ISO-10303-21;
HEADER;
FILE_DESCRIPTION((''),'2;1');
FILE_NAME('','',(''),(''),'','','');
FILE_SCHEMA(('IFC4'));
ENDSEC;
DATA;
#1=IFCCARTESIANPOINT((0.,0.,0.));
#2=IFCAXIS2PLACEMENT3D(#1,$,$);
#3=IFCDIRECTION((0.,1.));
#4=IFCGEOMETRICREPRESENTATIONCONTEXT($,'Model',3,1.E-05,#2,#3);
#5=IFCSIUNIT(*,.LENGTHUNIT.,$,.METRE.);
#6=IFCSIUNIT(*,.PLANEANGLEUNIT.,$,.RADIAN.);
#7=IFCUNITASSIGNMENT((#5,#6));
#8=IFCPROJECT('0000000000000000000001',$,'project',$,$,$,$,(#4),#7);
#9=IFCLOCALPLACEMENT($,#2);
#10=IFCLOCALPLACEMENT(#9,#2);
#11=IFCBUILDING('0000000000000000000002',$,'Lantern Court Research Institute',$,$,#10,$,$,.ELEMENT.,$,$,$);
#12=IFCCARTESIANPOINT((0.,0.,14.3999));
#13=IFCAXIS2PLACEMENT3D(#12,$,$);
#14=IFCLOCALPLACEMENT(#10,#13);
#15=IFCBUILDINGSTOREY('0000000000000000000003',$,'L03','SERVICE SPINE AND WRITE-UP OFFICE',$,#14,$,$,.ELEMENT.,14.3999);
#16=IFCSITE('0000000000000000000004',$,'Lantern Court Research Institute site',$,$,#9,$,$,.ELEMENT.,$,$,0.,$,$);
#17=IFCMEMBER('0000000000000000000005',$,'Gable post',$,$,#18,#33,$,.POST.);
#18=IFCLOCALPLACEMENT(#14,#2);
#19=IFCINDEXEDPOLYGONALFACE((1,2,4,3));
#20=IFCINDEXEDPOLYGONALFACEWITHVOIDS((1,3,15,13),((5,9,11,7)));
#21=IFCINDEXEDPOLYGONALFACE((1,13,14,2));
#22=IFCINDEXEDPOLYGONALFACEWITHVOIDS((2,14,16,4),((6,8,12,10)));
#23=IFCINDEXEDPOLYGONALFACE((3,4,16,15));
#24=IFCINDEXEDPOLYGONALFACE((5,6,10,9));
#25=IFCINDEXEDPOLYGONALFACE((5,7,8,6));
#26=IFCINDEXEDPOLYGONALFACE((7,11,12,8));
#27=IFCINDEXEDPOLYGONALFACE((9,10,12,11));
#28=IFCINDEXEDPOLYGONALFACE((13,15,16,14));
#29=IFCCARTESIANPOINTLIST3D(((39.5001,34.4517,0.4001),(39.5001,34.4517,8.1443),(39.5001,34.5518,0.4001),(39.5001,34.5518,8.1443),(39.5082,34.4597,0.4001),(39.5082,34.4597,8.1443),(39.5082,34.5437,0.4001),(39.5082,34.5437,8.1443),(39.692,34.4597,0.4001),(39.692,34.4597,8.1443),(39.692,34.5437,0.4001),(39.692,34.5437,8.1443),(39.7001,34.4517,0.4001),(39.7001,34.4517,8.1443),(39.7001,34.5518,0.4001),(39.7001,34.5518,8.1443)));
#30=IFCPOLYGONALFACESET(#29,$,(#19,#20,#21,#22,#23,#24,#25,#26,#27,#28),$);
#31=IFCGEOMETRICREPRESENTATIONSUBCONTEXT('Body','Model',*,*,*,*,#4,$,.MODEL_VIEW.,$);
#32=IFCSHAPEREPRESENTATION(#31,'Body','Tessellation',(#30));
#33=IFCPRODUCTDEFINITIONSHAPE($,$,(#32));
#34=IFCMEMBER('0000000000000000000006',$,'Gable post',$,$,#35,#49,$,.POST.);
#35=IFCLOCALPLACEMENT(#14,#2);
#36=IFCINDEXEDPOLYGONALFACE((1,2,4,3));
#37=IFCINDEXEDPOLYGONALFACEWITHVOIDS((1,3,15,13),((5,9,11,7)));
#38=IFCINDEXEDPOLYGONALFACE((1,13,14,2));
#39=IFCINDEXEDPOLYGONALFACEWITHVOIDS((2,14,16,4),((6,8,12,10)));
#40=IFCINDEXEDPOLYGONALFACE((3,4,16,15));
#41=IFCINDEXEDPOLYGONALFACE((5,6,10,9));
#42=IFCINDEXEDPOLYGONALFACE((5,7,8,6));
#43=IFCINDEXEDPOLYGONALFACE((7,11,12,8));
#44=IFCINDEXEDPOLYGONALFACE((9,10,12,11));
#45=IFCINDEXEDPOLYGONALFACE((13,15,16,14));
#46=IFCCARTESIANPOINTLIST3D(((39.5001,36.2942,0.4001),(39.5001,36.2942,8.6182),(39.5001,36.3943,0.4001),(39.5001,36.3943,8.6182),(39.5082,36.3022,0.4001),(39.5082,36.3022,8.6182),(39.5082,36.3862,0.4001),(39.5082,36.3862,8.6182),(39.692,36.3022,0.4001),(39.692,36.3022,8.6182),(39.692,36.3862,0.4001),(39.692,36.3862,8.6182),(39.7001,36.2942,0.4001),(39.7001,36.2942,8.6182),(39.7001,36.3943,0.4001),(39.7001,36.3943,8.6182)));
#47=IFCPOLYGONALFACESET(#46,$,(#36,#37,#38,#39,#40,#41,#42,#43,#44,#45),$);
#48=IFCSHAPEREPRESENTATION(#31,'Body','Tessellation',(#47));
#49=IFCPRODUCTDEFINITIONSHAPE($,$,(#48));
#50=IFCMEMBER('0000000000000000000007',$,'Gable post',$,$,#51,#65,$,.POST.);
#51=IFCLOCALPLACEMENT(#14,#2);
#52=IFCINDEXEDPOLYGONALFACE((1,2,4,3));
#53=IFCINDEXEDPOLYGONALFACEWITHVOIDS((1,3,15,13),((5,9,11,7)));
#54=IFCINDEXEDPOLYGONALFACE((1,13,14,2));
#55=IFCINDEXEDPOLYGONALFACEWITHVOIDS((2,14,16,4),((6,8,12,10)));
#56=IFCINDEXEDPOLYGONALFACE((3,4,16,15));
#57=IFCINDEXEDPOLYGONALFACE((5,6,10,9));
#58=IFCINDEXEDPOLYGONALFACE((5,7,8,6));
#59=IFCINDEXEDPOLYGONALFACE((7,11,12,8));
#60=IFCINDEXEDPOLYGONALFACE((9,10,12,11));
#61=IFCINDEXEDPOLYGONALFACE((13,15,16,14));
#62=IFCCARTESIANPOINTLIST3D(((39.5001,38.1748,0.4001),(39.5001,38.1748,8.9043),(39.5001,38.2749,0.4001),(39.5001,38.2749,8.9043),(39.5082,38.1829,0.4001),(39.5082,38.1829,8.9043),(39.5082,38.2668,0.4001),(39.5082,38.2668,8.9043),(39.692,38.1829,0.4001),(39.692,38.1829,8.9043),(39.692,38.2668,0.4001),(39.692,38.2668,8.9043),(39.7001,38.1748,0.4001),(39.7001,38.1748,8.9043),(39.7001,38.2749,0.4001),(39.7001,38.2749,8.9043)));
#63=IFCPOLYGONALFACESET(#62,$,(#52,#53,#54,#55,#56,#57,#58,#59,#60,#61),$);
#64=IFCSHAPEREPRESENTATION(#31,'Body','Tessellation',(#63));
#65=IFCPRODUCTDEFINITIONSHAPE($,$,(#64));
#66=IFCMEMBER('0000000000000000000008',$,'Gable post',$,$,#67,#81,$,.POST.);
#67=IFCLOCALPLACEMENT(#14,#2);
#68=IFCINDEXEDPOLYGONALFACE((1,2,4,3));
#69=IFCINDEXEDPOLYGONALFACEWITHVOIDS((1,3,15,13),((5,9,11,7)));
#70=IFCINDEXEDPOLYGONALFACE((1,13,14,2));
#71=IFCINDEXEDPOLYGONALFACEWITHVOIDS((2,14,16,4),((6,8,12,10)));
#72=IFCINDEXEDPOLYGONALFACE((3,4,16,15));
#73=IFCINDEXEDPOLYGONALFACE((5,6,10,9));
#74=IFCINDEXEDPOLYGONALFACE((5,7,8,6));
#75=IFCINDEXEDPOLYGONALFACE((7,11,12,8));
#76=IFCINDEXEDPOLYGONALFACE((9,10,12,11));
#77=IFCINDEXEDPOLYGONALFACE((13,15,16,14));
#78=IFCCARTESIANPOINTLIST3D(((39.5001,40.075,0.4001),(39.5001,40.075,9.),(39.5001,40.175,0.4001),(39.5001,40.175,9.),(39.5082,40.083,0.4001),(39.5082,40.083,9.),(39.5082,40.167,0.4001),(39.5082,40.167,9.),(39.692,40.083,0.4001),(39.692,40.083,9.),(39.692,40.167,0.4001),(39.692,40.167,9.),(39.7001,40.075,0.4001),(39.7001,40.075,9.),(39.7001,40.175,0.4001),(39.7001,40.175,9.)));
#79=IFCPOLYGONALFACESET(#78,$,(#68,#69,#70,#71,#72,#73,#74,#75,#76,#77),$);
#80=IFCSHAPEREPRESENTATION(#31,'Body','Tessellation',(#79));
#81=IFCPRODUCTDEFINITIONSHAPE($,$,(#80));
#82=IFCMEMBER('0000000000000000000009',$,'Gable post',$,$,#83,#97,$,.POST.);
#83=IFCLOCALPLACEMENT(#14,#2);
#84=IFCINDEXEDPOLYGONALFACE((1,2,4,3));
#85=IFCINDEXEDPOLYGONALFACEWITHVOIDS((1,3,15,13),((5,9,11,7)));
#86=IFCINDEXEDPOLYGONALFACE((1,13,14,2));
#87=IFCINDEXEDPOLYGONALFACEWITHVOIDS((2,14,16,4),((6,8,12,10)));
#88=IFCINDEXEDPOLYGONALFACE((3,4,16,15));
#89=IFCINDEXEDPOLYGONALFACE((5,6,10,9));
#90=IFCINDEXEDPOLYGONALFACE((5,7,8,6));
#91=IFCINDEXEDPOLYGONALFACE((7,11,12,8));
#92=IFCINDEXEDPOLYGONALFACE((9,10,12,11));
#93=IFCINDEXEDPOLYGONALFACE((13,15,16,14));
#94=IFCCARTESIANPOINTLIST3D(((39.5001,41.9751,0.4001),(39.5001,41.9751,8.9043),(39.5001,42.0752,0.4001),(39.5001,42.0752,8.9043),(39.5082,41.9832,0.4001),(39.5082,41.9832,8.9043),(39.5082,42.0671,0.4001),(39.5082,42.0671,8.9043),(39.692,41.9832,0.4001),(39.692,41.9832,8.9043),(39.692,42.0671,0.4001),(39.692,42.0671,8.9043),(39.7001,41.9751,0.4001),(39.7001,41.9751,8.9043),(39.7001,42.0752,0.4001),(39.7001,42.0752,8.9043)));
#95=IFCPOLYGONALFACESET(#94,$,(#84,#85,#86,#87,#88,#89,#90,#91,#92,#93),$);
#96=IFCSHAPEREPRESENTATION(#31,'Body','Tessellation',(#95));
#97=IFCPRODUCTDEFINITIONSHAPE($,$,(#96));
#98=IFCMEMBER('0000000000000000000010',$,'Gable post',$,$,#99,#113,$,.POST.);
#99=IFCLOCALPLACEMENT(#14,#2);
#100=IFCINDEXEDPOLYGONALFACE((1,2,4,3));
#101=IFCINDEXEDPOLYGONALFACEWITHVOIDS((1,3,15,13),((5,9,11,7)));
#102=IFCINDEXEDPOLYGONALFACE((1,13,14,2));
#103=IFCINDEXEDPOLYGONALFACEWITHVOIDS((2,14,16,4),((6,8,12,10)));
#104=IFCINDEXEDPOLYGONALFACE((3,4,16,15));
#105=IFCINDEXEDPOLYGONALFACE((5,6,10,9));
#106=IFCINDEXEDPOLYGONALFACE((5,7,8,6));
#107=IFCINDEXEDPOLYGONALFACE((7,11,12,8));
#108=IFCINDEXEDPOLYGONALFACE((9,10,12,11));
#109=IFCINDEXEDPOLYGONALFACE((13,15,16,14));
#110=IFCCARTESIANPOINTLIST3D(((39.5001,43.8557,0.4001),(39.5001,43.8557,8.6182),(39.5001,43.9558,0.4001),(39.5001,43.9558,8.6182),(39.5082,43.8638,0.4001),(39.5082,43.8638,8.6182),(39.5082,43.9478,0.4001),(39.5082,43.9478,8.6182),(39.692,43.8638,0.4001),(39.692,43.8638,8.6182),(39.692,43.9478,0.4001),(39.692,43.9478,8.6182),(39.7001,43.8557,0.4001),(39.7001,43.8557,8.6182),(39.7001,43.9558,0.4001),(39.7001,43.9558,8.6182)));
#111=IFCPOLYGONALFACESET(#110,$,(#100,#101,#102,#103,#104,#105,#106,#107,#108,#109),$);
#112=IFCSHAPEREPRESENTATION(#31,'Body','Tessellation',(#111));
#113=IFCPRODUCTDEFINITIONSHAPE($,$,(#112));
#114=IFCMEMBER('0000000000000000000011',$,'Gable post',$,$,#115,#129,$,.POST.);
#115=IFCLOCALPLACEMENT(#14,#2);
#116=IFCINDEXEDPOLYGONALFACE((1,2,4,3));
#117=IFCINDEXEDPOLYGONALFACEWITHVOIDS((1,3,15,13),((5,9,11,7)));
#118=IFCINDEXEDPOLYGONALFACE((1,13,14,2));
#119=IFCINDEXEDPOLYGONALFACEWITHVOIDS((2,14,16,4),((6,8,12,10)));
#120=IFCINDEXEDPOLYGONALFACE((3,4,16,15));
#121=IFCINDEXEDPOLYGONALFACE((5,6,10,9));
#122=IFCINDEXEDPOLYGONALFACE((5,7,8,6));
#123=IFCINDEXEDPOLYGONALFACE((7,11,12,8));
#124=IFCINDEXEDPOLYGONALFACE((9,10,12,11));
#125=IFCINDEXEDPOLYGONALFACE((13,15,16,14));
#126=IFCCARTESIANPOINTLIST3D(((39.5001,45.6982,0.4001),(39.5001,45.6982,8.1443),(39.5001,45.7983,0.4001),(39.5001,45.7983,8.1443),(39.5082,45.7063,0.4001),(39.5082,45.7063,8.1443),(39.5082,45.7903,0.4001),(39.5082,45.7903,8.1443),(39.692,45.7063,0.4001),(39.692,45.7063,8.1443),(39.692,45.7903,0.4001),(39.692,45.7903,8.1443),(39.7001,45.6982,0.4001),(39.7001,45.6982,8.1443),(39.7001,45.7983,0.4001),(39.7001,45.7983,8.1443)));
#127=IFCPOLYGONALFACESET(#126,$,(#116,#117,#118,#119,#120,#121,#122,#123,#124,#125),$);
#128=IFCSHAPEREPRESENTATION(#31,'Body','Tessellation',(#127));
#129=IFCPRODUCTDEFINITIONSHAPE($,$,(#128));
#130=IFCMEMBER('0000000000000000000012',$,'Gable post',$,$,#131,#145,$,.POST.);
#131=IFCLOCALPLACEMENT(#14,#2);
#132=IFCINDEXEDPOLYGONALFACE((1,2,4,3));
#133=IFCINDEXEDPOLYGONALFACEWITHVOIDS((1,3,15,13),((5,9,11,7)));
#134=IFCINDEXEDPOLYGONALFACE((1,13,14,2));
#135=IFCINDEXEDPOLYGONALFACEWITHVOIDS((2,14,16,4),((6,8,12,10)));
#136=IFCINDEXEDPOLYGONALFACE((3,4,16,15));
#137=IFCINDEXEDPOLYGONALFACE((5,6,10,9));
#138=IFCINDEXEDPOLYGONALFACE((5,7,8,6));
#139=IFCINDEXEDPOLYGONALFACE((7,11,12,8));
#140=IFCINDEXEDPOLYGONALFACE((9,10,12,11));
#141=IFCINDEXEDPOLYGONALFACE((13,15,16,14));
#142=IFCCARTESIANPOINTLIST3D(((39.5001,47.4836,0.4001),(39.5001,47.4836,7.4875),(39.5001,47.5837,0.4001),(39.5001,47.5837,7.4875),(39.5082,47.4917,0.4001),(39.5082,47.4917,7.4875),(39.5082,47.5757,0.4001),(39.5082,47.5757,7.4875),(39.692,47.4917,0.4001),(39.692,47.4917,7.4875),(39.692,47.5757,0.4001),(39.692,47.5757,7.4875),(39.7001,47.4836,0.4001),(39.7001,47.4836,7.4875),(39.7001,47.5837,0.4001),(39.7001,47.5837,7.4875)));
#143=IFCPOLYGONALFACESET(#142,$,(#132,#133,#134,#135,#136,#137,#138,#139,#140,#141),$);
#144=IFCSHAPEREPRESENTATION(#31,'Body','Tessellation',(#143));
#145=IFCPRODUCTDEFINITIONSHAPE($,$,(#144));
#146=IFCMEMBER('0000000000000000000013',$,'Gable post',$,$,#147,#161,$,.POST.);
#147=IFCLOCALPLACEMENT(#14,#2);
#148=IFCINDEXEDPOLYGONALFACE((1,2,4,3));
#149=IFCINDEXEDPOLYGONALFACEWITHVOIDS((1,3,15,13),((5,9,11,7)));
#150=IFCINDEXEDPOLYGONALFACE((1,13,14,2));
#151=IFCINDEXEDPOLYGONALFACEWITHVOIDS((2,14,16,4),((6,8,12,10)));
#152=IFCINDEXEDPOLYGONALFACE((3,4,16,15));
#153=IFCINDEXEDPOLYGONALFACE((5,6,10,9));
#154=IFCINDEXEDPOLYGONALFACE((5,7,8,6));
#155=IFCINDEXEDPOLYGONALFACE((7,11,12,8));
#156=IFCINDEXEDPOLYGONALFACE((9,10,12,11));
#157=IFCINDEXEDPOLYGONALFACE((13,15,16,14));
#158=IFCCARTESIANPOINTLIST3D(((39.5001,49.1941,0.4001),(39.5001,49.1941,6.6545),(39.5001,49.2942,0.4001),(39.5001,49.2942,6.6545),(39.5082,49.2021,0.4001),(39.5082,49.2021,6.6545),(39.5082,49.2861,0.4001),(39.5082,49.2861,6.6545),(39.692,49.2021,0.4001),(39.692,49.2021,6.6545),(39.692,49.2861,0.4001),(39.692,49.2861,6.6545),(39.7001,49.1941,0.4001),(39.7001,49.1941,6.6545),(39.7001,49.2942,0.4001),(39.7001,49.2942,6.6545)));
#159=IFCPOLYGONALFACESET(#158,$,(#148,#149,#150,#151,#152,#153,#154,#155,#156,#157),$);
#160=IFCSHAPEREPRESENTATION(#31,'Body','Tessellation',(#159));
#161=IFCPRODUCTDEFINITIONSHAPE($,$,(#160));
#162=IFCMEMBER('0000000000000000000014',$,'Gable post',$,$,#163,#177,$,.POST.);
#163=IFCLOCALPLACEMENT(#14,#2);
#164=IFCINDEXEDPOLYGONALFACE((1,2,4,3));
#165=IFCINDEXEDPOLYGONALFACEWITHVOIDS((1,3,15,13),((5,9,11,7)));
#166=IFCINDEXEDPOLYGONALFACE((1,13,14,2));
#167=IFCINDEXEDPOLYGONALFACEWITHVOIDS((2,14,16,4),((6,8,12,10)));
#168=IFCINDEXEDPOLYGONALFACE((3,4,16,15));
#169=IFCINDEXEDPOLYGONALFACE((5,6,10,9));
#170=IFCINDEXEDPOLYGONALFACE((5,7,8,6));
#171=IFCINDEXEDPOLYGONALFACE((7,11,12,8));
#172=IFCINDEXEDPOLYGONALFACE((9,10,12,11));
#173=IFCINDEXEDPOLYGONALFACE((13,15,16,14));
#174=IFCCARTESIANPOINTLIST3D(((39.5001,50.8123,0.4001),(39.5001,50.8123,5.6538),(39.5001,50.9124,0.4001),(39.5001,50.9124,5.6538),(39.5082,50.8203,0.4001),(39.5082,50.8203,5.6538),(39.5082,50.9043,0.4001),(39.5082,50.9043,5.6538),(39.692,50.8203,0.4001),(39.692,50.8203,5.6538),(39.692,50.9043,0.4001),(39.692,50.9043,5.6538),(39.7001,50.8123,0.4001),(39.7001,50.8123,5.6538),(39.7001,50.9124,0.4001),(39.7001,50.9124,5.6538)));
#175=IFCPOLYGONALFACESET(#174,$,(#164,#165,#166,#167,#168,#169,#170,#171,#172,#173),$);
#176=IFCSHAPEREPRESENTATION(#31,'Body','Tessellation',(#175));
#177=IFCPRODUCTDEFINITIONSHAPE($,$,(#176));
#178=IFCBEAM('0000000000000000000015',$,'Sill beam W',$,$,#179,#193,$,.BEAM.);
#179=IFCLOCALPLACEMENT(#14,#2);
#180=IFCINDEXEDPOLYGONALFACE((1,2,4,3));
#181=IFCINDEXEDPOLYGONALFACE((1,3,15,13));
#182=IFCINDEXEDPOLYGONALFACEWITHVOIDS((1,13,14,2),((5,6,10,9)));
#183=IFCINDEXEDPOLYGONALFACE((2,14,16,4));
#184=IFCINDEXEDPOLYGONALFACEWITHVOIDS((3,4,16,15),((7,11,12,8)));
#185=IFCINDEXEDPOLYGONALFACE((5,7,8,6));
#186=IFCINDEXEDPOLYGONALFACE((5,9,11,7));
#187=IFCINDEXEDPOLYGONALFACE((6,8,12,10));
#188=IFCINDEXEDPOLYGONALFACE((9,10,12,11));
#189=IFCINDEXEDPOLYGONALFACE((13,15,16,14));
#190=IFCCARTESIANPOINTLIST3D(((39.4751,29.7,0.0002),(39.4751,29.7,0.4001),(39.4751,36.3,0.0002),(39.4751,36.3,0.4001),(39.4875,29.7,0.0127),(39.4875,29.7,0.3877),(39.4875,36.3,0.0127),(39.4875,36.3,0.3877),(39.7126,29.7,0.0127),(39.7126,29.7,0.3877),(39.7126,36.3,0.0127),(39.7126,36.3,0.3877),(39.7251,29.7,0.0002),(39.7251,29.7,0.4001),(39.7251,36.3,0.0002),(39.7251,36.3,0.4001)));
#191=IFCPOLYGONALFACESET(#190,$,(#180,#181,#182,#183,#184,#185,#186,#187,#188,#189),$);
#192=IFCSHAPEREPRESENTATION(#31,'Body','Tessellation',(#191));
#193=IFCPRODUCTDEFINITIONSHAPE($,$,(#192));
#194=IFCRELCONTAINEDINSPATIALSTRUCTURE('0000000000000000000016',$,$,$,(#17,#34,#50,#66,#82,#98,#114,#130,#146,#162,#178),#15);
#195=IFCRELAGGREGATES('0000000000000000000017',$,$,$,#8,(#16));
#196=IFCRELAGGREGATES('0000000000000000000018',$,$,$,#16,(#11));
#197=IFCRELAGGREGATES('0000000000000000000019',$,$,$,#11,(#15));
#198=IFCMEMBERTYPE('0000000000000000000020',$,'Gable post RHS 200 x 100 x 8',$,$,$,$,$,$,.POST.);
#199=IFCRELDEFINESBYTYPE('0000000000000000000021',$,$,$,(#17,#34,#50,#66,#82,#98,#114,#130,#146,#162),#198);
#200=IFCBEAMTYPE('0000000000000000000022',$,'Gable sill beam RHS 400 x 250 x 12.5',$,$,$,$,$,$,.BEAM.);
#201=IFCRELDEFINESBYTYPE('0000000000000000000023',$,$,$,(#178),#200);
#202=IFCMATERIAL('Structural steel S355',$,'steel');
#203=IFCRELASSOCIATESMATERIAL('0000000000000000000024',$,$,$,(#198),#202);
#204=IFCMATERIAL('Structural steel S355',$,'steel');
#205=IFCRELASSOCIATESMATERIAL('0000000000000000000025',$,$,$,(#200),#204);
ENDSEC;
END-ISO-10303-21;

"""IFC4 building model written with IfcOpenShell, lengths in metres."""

from ifc_helpers import new_model, si_unit, direction, frame, origin, origin_2d, place, context, subcontext, project, spatial, hollow_rectangle, extrude, material, material_profile, profile_set, type_object, element, save


model = new_model("IFC4")

# Units and contexts
model_context = context("Model", 3, precision=1e-05, world=origin(), true_north=direction((0.0, 1.0)))
body_context = subcontext(model_context, "Body", "Model", "MODEL_VIEW")
ifc_project = project(units=[si_unit("LENGTHUNIT", "METRE"), si_unit("PLANEANGLEUNIT", "RADIAN")], contexts=[model_context])

# Site, building, storey
site_placement = place(None, origin())
site = spatial("IfcSite", under=ifc_project, at=site_placement, Name="Lantern Court Research Institute site", CompositionType="ELEMENT", RefElevation=0.0)
building_placement = place(site_placement, origin())
building = spatial("IfcBuilding", under=site, at=building_placement, Name="Lantern Court Research Institute", CompositionType="ELEMENT")
storey_placement = place(building_placement, frame((0.0, 0.0, 14.3999)))
storey = spatial("IfcBuildingStorey", under=building, at=storey_placement, Name="L03", Description="SERVICE SPINE AND WRITE-UP OFFICE", CompositionType="ELEMENT", Elevation=14.3999)

# Members
ifc_material_1 = material(Name="Structural steel S355", Category="steel")
ifc_material_profile_1 = material_profile(ifc_material_1, hollow_rectangle(XDim=0.2, YDim=0.1001, WallThickness=0.0081, at=origin_2d()), Name="Gable post RHS 200 x 100 x 8")
ifc_profile_set_1 = profile_set([ifc_material_profile_1], Name="Structural steel S355")
member_type_1 = type_object("IfcMemberType", Name="Gable post RHS 200 x 100 x 8", PredefinedType="POST", material=ifc_profile_set_1)
member_1_placement = place(storey_placement, frame((39.6001, 34.5017, 0.4001), z_axis=(0.0, 0.0, 1.0), x_axis=(1.0, 0.0, 0.0)))
element("IfcMember", 1, at=member_1_placement, inside=storey, type_object=member_type_1, Name="Gable post", PredefinedType="POST", context=body_context, shape_type="SweptSolid", body=[
    extrude(hollow_rectangle(XDim=0.2, YDim=0.1001, WallThickness=0.0081, at=origin_2d()), origin(), (0.0, 0.0, 1.0), 7.7441),
])
member_2_placement = place(storey_placement, frame((39.6001, 36.3442, 0.4001), z_axis=(0.0, 0.0, 1.0), x_axis=(1.0, 0.0, 0.0)))
element("IfcMember", 2, at=member_2_placement, inside=storey, type_object=member_type_1, Name="Gable post", PredefinedType="POST", context=body_context, shape_type="SweptSolid", body=[
    extrude(hollow_rectangle(XDim=0.2, YDim=0.1001, WallThickness=0.0081, at=origin_2d()), origin(), (0.0, 0.0, 1.0), 8.218),
])
member_3_placement = place(storey_placement, frame((39.6001, 38.2249, 0.4001), z_axis=(0.0, 0.0, 1.0), x_axis=(1.0, 0.0, 0.0)))
element("IfcMember", 3, at=member_3_placement, inside=storey, type_object=member_type_1, Name="Gable post", PredefinedType="POST", context=body_context, shape_type="SweptSolid", body=[
    extrude(hollow_rectangle(XDim=0.2, YDim=0.1001, WallThickness=0.0081, at=origin_2d()), origin(), (0.0, 0.0, 1.0), 8.5042),
])
member_4_placement = place(storey_placement, frame((39.6001, 40.125, 0.4001), z_axis=(0.0, 0.0, 1.0), x_axis=(1.0, 0.0, 0.0)))
element("IfcMember", 4, at=member_4_placement, inside=storey, type_object=member_type_1, Name="Gable post", PredefinedType="POST", context=body_context, shape_type="SweptSolid", body=[
    extrude(hollow_rectangle(XDim=0.2, YDim=0.1001, WallThickness=0.0081, at=origin_2d()), origin(), (0.0, 0.0, 1.0), 8.5999),
])
member_5_placement = place(storey_placement, frame((39.6001, 42.0251, 0.4001), z_axis=(0.0, 0.0, 1.0), x_axis=(1.0, 0.0, 0.0)))
element("IfcMember", 5, at=member_5_placement, inside=storey, type_object=member_type_1, Name="Gable post", PredefinedType="POST", context=body_context, shape_type="SweptSolid", body=[
    extrude(hollow_rectangle(XDim=0.2, YDim=0.1001, WallThickness=0.0081, at=origin_2d()), origin(), (0.0, 0.0, 1.0), 8.5042),
])
member_6_placement = place(storey_placement, frame((39.6001, 43.9058, 0.4001), z_axis=(0.0, 0.0, 1.0), x_axis=(1.0, 0.0, 0.0)))
element("IfcMember", 6, at=member_6_placement, inside=storey, type_object=member_type_1, Name="Gable post", PredefinedType="POST", context=body_context, shape_type="SweptSolid", body=[
    extrude(hollow_rectangle(XDim=0.2, YDim=0.1001, WallThickness=0.0081, at=origin_2d()), origin(), (0.0, 0.0, 1.0), 8.218),
])
member_7_placement = place(storey_placement, frame((39.6001, 45.7483, 0.4001), z_axis=(0.0, 0.0, 1.0), x_axis=(1.0, 0.0, 0.0)))
element("IfcMember", 7, at=member_7_placement, inside=storey, type_object=member_type_1, Name="Gable post", PredefinedType="POST", context=body_context, shape_type="SweptSolid", body=[
    extrude(hollow_rectangle(XDim=0.2, YDim=0.1001, WallThickness=0.0081, at=origin_2d()), origin(), (0.0, 0.0, 1.0), 7.7441),
])
member_8_placement = place(storey_placement, frame((39.6001, 47.5337, 0.4001), z_axis=(0.0, 0.0, 1.0), x_axis=(1.0, 0.0, 0.0)))
element("IfcMember", 8, at=member_8_placement, inside=storey, type_object=member_type_1, Name="Gable post", PredefinedType="POST", context=body_context, shape_type="SweptSolid", body=[
    extrude(hollow_rectangle(XDim=0.2, YDim=0.1001, WallThickness=0.0081, at=origin_2d()), origin(), (0.0, 0.0, 1.0), 7.0874),
])
member_9_placement = place(storey_placement, frame((39.6001, 49.2441, 0.4001), z_axis=(0.0, 0.0, 1.0), x_axis=(1.0, 0.0, 0.0)))
element("IfcMember", 9, at=member_9_placement, inside=storey, type_object=member_type_1, Name="Gable post", PredefinedType="POST", context=body_context, shape_type="SweptSolid", body=[
    extrude(hollow_rectangle(XDim=0.2, YDim=0.1001, WallThickness=0.0081, at=origin_2d()), origin(), (0.0, 0.0, 1.0), 6.2544),
])
member_10_placement = place(storey_placement, frame((39.6001, 50.8623, 0.4001), z_axis=(0.0, 0.0, 1.0), x_axis=(1.0, 0.0, 0.0)))
element("IfcMember", 10, at=member_10_placement, inside=storey, type_object=member_type_1, Name="Gable post", PredefinedType="POST", context=body_context, shape_type="SweptSolid", body=[
    extrude(hollow_rectangle(XDim=0.2, YDim=0.1001, WallThickness=0.0081, at=origin_2d()), origin(), (0.0, 0.0, 1.0), 5.2537),
])

# Beam
ifc_material_2 = material(Name="Structural steel S355", Category="steel")
ifc_material_profile_2 = material_profile(ifc_material_2, hollow_rectangle(XDim=0.25, YDim=0.3999, WallThickness=0.0125, at=origin_2d()), Name="Gable sill beam RHS 400 x 250 x 12.5")
ifc_profile_set_2 = profile_set([ifc_material_profile_2], Name="Structural steel S355")
beam_type_1 = type_object("IfcBeamType", Name="Gable sill beam RHS 400 x 250 x 12.5", PredefinedType="BEAM", material=ifc_profile_set_2)
beam_1_placement = place(storey_placement, frame((39.6001, 29.7, 0.2002), z_axis=(0.0, 1.0, 0.0), x_axis=(-1.0, 0.0, 0.0)))
element("IfcBeam", 11, at=beam_1_placement, inside=storey, type_object=beam_type_1, Name="Sill beam W", PredefinedType="BEAM", context=body_context, shape_type="SweptSolid", body=[
    extrude(hollow_rectangle(XDim=0.25, YDim=0.3999, WallThickness=0.0125, at=origin_2d()), origin(), (0.0, 0.0, 1.0), 6.6001),
])

save(model, "model.ifc")
